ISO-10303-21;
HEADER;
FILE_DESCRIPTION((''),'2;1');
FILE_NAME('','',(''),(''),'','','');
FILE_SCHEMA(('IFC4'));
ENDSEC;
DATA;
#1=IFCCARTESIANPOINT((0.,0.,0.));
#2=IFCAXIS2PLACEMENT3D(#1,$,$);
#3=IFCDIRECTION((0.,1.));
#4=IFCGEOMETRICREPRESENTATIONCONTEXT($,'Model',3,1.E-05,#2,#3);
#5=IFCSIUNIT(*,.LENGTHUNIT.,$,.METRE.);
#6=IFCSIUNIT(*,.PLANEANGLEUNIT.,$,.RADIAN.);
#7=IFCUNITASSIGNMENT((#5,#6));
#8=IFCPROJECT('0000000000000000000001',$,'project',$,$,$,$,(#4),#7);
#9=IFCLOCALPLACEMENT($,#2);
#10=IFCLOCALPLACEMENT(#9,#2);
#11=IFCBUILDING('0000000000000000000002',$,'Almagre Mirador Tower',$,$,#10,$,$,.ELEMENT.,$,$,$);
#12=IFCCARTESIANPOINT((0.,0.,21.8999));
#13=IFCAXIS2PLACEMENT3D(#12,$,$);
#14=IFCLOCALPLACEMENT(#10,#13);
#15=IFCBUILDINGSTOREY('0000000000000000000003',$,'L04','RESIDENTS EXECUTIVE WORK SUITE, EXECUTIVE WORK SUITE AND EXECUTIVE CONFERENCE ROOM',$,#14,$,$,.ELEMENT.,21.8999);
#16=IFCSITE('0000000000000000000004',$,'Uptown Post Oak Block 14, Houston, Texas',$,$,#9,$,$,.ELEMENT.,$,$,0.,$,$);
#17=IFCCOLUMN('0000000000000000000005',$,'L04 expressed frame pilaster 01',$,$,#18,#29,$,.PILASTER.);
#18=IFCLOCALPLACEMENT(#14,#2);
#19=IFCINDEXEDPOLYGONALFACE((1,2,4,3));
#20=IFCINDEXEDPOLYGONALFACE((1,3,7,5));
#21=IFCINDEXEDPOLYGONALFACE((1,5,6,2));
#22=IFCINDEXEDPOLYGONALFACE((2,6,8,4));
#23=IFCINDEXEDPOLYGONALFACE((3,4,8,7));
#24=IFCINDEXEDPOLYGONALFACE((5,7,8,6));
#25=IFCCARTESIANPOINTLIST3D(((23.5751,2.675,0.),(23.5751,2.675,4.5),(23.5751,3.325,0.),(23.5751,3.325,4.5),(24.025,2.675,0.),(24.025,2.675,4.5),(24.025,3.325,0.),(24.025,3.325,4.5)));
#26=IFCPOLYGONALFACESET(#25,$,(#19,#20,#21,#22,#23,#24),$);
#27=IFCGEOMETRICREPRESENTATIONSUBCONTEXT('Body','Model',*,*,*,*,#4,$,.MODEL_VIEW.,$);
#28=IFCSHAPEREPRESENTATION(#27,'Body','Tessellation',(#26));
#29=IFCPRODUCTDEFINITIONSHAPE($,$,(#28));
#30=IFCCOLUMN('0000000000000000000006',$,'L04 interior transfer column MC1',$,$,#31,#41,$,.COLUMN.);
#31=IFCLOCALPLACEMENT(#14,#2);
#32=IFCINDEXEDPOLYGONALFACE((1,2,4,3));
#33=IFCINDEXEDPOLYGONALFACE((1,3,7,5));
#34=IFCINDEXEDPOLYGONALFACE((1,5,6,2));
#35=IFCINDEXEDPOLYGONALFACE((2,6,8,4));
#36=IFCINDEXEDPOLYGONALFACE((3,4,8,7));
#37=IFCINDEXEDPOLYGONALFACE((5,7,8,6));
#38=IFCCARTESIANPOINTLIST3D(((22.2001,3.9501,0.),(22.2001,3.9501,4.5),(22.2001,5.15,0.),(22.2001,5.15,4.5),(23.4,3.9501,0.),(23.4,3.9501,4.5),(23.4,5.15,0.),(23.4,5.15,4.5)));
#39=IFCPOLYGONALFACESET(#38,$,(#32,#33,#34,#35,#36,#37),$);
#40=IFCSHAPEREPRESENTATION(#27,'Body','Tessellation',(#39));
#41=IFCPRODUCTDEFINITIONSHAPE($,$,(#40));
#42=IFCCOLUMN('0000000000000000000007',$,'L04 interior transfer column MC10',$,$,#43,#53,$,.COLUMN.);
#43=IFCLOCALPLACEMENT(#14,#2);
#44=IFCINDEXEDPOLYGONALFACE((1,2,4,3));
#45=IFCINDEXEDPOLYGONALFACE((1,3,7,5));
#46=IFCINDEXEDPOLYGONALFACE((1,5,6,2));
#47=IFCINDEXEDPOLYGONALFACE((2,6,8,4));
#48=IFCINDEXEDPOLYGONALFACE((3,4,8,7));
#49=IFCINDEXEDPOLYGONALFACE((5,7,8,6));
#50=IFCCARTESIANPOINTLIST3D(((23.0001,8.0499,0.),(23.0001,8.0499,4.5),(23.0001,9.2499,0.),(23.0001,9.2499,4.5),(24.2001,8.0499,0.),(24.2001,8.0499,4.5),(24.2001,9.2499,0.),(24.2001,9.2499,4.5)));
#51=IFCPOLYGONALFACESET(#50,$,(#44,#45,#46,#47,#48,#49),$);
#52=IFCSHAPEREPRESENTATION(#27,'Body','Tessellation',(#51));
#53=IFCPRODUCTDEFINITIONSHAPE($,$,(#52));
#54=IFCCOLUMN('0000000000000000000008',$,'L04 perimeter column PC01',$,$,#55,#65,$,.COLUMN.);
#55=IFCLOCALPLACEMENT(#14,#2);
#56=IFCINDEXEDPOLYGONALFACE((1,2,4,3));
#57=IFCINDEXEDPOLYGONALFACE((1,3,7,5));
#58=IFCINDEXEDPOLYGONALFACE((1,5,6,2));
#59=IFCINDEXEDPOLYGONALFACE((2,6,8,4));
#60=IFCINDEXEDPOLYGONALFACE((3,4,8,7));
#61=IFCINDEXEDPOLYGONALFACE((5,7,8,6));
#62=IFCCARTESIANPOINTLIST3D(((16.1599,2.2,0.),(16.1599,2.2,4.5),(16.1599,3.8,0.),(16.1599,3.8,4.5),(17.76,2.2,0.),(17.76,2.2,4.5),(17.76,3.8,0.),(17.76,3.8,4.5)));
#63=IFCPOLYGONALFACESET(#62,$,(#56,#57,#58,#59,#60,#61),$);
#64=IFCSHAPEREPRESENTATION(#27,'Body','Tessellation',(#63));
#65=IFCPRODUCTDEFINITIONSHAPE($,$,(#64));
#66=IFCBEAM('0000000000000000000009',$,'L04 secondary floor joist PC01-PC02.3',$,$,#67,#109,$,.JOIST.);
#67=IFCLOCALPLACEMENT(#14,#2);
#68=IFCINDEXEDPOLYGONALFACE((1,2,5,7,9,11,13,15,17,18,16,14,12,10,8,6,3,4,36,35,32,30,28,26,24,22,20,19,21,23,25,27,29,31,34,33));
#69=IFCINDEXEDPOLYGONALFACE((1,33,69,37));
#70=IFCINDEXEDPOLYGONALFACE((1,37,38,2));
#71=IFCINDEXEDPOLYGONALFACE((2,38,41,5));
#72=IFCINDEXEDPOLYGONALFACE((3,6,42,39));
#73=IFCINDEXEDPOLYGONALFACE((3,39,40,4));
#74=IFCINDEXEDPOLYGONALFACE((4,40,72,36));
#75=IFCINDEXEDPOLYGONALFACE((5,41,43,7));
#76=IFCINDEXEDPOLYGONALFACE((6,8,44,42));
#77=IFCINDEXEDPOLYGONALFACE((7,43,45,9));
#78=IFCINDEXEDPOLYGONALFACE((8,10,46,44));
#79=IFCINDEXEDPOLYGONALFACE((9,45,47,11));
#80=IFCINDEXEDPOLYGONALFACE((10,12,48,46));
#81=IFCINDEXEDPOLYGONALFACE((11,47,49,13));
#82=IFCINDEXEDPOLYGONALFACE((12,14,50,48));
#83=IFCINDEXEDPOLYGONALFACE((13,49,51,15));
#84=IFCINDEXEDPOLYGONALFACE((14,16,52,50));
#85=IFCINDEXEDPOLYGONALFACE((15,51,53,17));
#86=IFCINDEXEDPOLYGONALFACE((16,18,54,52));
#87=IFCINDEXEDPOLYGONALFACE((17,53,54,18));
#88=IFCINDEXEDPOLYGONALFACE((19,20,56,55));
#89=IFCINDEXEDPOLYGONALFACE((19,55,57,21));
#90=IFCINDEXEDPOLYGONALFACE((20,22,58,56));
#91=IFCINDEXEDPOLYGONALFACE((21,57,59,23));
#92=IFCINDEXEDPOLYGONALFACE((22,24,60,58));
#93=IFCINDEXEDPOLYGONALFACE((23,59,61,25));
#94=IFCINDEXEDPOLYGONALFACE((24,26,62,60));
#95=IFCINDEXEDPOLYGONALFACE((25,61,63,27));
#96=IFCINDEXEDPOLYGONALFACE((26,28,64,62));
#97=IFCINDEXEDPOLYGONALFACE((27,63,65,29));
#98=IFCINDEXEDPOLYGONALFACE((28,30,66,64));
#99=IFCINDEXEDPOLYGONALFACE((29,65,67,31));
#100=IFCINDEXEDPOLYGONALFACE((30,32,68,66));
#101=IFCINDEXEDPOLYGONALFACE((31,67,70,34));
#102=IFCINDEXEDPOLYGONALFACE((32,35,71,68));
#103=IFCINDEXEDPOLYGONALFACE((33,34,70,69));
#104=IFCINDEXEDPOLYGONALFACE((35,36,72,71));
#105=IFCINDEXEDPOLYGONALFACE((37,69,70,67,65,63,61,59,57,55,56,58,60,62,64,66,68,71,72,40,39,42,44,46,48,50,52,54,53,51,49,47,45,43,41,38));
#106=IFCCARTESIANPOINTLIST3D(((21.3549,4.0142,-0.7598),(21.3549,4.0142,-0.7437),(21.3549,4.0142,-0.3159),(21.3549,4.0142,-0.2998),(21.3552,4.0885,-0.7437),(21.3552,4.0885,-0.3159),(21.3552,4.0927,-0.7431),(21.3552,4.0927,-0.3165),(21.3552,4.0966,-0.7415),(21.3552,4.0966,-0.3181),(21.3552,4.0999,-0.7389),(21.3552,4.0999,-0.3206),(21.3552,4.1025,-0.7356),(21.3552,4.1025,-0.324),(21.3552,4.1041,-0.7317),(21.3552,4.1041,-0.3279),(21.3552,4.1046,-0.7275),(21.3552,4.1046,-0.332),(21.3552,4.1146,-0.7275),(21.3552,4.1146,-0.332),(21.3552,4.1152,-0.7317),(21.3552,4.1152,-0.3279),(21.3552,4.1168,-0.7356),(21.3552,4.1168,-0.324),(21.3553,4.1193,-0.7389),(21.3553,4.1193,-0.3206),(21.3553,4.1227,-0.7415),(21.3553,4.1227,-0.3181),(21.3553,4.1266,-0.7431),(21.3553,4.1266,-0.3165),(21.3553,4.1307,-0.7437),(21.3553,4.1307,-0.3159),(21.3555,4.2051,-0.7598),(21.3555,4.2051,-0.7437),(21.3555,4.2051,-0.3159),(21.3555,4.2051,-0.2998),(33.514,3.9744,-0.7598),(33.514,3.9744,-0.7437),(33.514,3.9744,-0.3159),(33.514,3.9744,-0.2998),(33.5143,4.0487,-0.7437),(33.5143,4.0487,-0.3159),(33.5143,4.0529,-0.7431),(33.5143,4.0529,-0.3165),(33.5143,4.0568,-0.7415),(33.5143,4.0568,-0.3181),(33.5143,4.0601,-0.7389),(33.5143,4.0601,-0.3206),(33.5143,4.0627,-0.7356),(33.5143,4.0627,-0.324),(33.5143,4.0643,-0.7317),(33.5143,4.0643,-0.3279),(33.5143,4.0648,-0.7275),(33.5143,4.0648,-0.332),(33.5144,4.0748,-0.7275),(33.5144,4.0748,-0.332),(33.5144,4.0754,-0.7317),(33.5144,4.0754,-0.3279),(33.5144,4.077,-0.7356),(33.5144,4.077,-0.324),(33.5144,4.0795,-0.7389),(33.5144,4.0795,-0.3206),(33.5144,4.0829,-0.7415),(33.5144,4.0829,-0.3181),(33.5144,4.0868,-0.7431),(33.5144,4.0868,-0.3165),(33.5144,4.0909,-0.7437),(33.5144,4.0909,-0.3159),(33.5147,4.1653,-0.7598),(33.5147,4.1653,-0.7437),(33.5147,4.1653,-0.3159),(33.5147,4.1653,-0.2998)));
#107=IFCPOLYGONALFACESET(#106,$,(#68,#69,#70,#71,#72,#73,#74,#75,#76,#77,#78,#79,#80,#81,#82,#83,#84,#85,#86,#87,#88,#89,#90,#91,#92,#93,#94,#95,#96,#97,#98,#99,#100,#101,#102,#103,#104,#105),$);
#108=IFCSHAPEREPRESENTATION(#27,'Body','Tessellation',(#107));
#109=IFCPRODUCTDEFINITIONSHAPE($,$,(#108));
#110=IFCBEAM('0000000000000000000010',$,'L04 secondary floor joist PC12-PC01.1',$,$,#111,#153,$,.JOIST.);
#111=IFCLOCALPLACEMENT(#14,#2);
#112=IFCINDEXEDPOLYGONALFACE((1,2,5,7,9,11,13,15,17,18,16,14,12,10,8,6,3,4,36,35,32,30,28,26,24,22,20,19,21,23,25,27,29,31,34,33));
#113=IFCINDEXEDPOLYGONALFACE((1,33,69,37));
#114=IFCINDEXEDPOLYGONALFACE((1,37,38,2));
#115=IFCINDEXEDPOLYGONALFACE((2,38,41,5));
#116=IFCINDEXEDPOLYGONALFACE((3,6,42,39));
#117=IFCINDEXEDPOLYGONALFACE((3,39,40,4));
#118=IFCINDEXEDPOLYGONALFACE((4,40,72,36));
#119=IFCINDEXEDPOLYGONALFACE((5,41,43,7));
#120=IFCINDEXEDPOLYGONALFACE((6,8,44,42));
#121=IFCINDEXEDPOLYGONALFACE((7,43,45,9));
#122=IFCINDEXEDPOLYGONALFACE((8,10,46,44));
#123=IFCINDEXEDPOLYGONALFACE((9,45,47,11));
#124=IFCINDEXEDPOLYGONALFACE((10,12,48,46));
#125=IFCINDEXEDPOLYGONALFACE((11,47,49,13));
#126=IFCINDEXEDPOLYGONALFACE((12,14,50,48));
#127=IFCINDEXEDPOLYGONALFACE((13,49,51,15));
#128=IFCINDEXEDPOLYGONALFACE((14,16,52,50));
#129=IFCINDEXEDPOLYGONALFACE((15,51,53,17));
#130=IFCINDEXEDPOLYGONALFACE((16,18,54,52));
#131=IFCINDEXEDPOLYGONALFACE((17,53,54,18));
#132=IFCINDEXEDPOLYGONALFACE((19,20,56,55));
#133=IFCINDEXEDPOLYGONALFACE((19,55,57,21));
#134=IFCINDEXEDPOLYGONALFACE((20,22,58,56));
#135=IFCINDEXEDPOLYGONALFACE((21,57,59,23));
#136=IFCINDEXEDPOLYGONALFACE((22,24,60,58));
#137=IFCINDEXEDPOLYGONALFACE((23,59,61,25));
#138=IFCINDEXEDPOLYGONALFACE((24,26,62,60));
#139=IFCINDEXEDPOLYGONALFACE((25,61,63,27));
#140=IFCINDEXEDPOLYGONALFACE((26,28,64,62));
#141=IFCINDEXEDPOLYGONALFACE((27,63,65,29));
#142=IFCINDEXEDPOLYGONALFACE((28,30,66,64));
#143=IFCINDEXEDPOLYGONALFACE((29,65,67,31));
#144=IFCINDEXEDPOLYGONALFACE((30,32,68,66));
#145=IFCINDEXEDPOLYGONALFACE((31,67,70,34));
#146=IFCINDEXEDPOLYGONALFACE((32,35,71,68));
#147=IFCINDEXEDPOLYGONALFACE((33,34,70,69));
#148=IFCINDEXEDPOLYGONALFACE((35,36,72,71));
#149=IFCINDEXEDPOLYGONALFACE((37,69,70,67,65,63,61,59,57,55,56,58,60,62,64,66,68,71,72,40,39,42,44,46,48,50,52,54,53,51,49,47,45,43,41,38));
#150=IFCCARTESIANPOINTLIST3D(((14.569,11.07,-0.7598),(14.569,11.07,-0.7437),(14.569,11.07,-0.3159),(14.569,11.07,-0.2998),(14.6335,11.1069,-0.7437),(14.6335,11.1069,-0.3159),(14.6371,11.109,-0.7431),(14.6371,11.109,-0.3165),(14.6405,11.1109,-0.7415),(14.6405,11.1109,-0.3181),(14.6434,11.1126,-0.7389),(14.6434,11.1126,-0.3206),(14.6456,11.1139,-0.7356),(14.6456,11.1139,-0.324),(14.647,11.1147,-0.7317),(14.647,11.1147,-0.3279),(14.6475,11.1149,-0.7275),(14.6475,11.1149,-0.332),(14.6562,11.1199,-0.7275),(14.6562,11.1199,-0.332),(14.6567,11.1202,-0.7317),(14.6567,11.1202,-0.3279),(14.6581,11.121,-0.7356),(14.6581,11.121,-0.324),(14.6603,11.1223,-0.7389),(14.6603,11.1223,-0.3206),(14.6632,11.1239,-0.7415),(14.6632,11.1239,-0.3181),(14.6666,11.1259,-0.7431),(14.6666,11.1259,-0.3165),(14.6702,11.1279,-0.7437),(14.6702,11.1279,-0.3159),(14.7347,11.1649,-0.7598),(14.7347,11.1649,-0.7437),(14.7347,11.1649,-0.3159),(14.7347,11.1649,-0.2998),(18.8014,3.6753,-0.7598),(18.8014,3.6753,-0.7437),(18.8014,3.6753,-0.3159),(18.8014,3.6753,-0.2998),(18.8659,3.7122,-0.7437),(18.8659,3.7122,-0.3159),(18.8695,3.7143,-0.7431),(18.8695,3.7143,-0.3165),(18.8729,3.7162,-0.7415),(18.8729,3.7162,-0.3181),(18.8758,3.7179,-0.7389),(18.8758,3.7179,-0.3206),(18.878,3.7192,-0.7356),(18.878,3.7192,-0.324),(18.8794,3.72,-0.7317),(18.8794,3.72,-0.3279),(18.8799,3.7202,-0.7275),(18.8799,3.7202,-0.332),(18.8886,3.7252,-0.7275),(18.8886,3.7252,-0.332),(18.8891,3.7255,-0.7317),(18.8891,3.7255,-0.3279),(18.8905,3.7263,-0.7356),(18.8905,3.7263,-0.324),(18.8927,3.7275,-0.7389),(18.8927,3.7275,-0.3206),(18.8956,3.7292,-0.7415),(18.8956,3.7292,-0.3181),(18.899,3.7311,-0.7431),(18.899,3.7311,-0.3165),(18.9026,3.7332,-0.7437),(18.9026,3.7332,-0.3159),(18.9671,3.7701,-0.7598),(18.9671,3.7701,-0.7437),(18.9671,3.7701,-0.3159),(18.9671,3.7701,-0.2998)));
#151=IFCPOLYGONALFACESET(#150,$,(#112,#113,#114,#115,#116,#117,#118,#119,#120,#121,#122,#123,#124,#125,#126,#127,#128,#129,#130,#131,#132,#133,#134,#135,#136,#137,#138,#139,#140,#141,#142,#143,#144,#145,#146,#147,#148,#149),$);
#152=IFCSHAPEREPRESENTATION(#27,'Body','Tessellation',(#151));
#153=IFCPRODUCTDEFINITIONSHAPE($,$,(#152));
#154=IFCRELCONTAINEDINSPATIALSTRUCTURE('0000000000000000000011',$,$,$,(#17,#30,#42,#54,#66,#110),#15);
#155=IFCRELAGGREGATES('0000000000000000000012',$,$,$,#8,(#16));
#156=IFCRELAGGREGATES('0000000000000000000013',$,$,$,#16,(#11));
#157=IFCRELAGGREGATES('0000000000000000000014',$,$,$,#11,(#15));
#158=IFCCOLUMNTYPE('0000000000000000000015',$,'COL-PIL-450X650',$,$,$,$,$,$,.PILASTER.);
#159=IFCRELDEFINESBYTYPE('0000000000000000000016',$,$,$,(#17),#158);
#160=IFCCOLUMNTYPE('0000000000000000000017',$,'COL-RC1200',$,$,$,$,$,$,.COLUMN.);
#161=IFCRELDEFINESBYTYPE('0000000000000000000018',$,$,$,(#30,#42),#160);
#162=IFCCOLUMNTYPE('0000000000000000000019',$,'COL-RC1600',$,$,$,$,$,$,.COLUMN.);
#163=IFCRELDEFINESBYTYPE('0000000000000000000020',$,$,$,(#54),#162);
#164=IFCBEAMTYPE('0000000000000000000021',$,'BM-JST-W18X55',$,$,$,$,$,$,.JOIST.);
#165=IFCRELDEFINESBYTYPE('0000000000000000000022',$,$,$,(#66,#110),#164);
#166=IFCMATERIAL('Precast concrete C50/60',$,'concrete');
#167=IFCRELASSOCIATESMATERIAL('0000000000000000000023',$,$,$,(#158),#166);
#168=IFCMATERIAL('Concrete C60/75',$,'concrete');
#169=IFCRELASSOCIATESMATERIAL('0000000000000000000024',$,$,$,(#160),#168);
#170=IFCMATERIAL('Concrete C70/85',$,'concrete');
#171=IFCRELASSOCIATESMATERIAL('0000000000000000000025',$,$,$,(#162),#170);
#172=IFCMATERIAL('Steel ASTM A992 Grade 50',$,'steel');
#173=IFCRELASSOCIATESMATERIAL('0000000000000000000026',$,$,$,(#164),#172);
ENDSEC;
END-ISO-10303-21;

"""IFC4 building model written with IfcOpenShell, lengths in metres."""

from ifc_helpers import new_model, si_unit, direction, frame, origin, origin_2d, place, context, subcontext, project, spatial, rectangle, i_section, extrude, material, material_profile, profile_set, type_object, element, save


model = new_model("IFC4")

# Units and contexts
model_context = context("Model", 3, precision=1e-05, world=origin(), true_north=direction((0.0, 1.0)))
body_context = subcontext(model_context, "Body", "Model", "MODEL_VIEW")
ifc_project = project(units=[si_unit("LENGTHUNIT", "METRE"), si_unit("PLANEANGLEUNIT", "RADIAN")], contexts=[model_context])

# Site, building, storey
site_placement = place(None, origin())
site = spatial("IfcSite", under=ifc_project, at=site_placement, Name="Uptown Post Oak Block 14, Houston, Texas", CompositionType="ELEMENT", RefElevation=0.0)
building_placement = place(site_placement, origin())
building = spatial("IfcBuilding", under=site, at=building_placement, Name="Almagre Mirador Tower", CompositionType="ELEMENT")
storey_placement = place(building_placement, frame((0.0, 0.0, 21.8999)))
storey = spatial("IfcBuildingStorey", under=building, at=storey_placement, Name="L04", Description="RESIDENTS EXECUTIVE WORK SUITE, EXECUTIVE WORK SUITE AND EXECUTIVE CONFERENCE ROOM", CompositionType="ELEMENT", Elevation=21.8999)

# Columns
ifc_material_1 = material(Name="Precast concrete C50/60", Category="concrete")
ifc_material_profile_1 = material_profile(ifc_material_1, rectangle(XDim=0.45, YDim=0.6499, at=origin_2d()), Name="RC450X650")
ifc_profile_set_1 = profile_set([ifc_material_profile_1], Name="Precast concrete C50/60")
column_type_1 = type_object("IfcColumnType", Name="COL-PIL-450X650", PredefinedType="PILASTER", material=ifc_profile_set_1)
column_1_placement = place(storey_placement, frame((23.8, 3.0, 0.0), z_axis=(0.0, 0.0, 1.0), x_axis=(1.0, 0.0, 0.0)))
element("IfcColumn", 1, at=column_1_placement, inside=storey, type_object=column_type_1, Name="L04 expressed frame pilaster 01", PredefinedType="PILASTER", context=body_context, shape_type="SweptSolid", body=[
    extrude(rectangle(XDim=0.45, YDim=0.6499, at=origin_2d()), origin(), (0.0, 0.0, 1.0), 4.5),
])
ifc_material_2 = material(Name="Concrete C60/75", Category="concrete")
ifc_material_profile_2 = material_profile(ifc_material_2, rectangle(XDim=1.2, YDim=1.2, at=origin_2d()), Name="RC1200X1200")
ifc_profile_set_2 = profile_set([ifc_material_profile_2], Name="Concrete C60/75")
column_type_2 = type_object("IfcColumnType", Name="COL-RC1200", PredefinedType="COLUMN", material=ifc_profile_set_2)
for number, where, z_axis, x_axis, name in (
    (2, (22.8, 4.55, 0.0), (0.0, 0.0, 1.0), (1.0, 0.0, 0.0), "L04 interior transfer column MC1"),
    (3, (23.6001, 8.6499, 0.0), (0.0, 0.0, 1.0), (1.0, 0.0, 0.0), "L04 interior transfer column MC10"),
):
    element("IfcColumn", number, at=place(storey_placement, frame(where, z_axis=z_axis, x_axis=x_axis)), inside=storey, type_object=column_type_2, Name=name, PredefinedType="COLUMN", context=body_context, shape_type="SweptSolid", body=[
        extrude(rectangle(XDim=1.2, YDim=1.2, at=origin_2d()), origin(), (0.0, 0.0, 1.0), 4.5),
    ])
ifc_material_3 = material(Name="Concrete C70/85", Category="concrete")
ifc_material_profile_3 = material_profile(ifc_material_3, rectangle(XDim=1.6001, YDim=1.6001, at=origin_2d()), Name="RC1600X1600")
ifc_profile_set_3 = profile_set([ifc_material_profile_3], Name="Concrete C70/85")
column_type_3 = type_object("IfcColumnType", Name="COL-RC1600", PredefinedType="COLUMN", material=ifc_profile_set_3)
column_2_placement = place(storey_placement, frame((16.96, 3.0, 0.0), z_axis=(0.0, 0.0, 1.0), x_axis=(1.0, 0.0, 0.0)))
element("IfcColumn", 4, at=column_2_placement, inside=storey, type_object=column_type_3, Name="L04 perimeter column PC01", PredefinedType="COLUMN", context=body_context, shape_type="SweptSolid", body=[
    extrude(rectangle(XDim=1.6001, YDim=1.6001, at=origin_2d()), origin(), (0.0, 0.0, 1.0), 4.5),
])

# Beams
ifc_material_4 = material(Name="Steel ASTM A992 Grade 50", Category="steel")
ifc_material_profile_4 = material_profile(ifc_material_4, i_section(OverallWidth=0.1909, OverallDepth=0.46, WebThickness=0.01, FlangeThickness=0.0161, FilletRadius=0.0161, at=origin_2d()), Name="W18X55")
ifc_profile_set_4 = profile_set([ifc_material_profile_4], Name="Steel ASTM A992 Grade 50")
beam_type_1 = type_object("IfcBeamType", Name="BM-JST-W18X55", PredefinedType="JOIST", material=ifc_profile_set_4)
beam_1_placement = place(storey_placement, frame((21.3552, 4.1096, -0.5298), z_axis=(0.999995, -0.003273, 0.0), x_axis=(0.003273, 0.999995, 0.0)))
element("IfcBeam", 5, at=beam_1_placement, inside=storey, type_object=beam_type_1, Name="L04 secondary floor joist PC01-PC02.3", PredefinedType="JOIST", context=body_context, shape_type="SweptSolid", body=[
    extrude(i_section(OverallWidth=0.1909, OverallDepth=0.46, WebThickness=0.01, FlangeThickness=0.0161, FilletRadius=0.0161, at=origin_2d()), origin(), (0.0, 0.0, 1.0), 12.1592),
])
beam_2_placement = place(storey_placement, frame((14.6519, 11.1174, -0.5298), z_axis=(0.496744, -0.867897, 0.0), x_axis=(0.867897, 0.496744, 0.0)))
element("IfcBeam", 6, at=beam_2_placement, inside=storey, type_object=beam_type_1, Name="L04 secondary floor joist PC12-PC01.1", PredefinedType="JOIST", context=body_context, shape_type="SweptSolid", body=[
    extrude(i_section(OverallWidth=0.1909, OverallDepth=0.46, WebThickness=0.01, FlangeThickness=0.0161, FilletRadius=0.0161, at=origin_2d()), origin(), (0.0, 0.0, 1.0), 8.5203),
])

save(model, "model.ifc")
